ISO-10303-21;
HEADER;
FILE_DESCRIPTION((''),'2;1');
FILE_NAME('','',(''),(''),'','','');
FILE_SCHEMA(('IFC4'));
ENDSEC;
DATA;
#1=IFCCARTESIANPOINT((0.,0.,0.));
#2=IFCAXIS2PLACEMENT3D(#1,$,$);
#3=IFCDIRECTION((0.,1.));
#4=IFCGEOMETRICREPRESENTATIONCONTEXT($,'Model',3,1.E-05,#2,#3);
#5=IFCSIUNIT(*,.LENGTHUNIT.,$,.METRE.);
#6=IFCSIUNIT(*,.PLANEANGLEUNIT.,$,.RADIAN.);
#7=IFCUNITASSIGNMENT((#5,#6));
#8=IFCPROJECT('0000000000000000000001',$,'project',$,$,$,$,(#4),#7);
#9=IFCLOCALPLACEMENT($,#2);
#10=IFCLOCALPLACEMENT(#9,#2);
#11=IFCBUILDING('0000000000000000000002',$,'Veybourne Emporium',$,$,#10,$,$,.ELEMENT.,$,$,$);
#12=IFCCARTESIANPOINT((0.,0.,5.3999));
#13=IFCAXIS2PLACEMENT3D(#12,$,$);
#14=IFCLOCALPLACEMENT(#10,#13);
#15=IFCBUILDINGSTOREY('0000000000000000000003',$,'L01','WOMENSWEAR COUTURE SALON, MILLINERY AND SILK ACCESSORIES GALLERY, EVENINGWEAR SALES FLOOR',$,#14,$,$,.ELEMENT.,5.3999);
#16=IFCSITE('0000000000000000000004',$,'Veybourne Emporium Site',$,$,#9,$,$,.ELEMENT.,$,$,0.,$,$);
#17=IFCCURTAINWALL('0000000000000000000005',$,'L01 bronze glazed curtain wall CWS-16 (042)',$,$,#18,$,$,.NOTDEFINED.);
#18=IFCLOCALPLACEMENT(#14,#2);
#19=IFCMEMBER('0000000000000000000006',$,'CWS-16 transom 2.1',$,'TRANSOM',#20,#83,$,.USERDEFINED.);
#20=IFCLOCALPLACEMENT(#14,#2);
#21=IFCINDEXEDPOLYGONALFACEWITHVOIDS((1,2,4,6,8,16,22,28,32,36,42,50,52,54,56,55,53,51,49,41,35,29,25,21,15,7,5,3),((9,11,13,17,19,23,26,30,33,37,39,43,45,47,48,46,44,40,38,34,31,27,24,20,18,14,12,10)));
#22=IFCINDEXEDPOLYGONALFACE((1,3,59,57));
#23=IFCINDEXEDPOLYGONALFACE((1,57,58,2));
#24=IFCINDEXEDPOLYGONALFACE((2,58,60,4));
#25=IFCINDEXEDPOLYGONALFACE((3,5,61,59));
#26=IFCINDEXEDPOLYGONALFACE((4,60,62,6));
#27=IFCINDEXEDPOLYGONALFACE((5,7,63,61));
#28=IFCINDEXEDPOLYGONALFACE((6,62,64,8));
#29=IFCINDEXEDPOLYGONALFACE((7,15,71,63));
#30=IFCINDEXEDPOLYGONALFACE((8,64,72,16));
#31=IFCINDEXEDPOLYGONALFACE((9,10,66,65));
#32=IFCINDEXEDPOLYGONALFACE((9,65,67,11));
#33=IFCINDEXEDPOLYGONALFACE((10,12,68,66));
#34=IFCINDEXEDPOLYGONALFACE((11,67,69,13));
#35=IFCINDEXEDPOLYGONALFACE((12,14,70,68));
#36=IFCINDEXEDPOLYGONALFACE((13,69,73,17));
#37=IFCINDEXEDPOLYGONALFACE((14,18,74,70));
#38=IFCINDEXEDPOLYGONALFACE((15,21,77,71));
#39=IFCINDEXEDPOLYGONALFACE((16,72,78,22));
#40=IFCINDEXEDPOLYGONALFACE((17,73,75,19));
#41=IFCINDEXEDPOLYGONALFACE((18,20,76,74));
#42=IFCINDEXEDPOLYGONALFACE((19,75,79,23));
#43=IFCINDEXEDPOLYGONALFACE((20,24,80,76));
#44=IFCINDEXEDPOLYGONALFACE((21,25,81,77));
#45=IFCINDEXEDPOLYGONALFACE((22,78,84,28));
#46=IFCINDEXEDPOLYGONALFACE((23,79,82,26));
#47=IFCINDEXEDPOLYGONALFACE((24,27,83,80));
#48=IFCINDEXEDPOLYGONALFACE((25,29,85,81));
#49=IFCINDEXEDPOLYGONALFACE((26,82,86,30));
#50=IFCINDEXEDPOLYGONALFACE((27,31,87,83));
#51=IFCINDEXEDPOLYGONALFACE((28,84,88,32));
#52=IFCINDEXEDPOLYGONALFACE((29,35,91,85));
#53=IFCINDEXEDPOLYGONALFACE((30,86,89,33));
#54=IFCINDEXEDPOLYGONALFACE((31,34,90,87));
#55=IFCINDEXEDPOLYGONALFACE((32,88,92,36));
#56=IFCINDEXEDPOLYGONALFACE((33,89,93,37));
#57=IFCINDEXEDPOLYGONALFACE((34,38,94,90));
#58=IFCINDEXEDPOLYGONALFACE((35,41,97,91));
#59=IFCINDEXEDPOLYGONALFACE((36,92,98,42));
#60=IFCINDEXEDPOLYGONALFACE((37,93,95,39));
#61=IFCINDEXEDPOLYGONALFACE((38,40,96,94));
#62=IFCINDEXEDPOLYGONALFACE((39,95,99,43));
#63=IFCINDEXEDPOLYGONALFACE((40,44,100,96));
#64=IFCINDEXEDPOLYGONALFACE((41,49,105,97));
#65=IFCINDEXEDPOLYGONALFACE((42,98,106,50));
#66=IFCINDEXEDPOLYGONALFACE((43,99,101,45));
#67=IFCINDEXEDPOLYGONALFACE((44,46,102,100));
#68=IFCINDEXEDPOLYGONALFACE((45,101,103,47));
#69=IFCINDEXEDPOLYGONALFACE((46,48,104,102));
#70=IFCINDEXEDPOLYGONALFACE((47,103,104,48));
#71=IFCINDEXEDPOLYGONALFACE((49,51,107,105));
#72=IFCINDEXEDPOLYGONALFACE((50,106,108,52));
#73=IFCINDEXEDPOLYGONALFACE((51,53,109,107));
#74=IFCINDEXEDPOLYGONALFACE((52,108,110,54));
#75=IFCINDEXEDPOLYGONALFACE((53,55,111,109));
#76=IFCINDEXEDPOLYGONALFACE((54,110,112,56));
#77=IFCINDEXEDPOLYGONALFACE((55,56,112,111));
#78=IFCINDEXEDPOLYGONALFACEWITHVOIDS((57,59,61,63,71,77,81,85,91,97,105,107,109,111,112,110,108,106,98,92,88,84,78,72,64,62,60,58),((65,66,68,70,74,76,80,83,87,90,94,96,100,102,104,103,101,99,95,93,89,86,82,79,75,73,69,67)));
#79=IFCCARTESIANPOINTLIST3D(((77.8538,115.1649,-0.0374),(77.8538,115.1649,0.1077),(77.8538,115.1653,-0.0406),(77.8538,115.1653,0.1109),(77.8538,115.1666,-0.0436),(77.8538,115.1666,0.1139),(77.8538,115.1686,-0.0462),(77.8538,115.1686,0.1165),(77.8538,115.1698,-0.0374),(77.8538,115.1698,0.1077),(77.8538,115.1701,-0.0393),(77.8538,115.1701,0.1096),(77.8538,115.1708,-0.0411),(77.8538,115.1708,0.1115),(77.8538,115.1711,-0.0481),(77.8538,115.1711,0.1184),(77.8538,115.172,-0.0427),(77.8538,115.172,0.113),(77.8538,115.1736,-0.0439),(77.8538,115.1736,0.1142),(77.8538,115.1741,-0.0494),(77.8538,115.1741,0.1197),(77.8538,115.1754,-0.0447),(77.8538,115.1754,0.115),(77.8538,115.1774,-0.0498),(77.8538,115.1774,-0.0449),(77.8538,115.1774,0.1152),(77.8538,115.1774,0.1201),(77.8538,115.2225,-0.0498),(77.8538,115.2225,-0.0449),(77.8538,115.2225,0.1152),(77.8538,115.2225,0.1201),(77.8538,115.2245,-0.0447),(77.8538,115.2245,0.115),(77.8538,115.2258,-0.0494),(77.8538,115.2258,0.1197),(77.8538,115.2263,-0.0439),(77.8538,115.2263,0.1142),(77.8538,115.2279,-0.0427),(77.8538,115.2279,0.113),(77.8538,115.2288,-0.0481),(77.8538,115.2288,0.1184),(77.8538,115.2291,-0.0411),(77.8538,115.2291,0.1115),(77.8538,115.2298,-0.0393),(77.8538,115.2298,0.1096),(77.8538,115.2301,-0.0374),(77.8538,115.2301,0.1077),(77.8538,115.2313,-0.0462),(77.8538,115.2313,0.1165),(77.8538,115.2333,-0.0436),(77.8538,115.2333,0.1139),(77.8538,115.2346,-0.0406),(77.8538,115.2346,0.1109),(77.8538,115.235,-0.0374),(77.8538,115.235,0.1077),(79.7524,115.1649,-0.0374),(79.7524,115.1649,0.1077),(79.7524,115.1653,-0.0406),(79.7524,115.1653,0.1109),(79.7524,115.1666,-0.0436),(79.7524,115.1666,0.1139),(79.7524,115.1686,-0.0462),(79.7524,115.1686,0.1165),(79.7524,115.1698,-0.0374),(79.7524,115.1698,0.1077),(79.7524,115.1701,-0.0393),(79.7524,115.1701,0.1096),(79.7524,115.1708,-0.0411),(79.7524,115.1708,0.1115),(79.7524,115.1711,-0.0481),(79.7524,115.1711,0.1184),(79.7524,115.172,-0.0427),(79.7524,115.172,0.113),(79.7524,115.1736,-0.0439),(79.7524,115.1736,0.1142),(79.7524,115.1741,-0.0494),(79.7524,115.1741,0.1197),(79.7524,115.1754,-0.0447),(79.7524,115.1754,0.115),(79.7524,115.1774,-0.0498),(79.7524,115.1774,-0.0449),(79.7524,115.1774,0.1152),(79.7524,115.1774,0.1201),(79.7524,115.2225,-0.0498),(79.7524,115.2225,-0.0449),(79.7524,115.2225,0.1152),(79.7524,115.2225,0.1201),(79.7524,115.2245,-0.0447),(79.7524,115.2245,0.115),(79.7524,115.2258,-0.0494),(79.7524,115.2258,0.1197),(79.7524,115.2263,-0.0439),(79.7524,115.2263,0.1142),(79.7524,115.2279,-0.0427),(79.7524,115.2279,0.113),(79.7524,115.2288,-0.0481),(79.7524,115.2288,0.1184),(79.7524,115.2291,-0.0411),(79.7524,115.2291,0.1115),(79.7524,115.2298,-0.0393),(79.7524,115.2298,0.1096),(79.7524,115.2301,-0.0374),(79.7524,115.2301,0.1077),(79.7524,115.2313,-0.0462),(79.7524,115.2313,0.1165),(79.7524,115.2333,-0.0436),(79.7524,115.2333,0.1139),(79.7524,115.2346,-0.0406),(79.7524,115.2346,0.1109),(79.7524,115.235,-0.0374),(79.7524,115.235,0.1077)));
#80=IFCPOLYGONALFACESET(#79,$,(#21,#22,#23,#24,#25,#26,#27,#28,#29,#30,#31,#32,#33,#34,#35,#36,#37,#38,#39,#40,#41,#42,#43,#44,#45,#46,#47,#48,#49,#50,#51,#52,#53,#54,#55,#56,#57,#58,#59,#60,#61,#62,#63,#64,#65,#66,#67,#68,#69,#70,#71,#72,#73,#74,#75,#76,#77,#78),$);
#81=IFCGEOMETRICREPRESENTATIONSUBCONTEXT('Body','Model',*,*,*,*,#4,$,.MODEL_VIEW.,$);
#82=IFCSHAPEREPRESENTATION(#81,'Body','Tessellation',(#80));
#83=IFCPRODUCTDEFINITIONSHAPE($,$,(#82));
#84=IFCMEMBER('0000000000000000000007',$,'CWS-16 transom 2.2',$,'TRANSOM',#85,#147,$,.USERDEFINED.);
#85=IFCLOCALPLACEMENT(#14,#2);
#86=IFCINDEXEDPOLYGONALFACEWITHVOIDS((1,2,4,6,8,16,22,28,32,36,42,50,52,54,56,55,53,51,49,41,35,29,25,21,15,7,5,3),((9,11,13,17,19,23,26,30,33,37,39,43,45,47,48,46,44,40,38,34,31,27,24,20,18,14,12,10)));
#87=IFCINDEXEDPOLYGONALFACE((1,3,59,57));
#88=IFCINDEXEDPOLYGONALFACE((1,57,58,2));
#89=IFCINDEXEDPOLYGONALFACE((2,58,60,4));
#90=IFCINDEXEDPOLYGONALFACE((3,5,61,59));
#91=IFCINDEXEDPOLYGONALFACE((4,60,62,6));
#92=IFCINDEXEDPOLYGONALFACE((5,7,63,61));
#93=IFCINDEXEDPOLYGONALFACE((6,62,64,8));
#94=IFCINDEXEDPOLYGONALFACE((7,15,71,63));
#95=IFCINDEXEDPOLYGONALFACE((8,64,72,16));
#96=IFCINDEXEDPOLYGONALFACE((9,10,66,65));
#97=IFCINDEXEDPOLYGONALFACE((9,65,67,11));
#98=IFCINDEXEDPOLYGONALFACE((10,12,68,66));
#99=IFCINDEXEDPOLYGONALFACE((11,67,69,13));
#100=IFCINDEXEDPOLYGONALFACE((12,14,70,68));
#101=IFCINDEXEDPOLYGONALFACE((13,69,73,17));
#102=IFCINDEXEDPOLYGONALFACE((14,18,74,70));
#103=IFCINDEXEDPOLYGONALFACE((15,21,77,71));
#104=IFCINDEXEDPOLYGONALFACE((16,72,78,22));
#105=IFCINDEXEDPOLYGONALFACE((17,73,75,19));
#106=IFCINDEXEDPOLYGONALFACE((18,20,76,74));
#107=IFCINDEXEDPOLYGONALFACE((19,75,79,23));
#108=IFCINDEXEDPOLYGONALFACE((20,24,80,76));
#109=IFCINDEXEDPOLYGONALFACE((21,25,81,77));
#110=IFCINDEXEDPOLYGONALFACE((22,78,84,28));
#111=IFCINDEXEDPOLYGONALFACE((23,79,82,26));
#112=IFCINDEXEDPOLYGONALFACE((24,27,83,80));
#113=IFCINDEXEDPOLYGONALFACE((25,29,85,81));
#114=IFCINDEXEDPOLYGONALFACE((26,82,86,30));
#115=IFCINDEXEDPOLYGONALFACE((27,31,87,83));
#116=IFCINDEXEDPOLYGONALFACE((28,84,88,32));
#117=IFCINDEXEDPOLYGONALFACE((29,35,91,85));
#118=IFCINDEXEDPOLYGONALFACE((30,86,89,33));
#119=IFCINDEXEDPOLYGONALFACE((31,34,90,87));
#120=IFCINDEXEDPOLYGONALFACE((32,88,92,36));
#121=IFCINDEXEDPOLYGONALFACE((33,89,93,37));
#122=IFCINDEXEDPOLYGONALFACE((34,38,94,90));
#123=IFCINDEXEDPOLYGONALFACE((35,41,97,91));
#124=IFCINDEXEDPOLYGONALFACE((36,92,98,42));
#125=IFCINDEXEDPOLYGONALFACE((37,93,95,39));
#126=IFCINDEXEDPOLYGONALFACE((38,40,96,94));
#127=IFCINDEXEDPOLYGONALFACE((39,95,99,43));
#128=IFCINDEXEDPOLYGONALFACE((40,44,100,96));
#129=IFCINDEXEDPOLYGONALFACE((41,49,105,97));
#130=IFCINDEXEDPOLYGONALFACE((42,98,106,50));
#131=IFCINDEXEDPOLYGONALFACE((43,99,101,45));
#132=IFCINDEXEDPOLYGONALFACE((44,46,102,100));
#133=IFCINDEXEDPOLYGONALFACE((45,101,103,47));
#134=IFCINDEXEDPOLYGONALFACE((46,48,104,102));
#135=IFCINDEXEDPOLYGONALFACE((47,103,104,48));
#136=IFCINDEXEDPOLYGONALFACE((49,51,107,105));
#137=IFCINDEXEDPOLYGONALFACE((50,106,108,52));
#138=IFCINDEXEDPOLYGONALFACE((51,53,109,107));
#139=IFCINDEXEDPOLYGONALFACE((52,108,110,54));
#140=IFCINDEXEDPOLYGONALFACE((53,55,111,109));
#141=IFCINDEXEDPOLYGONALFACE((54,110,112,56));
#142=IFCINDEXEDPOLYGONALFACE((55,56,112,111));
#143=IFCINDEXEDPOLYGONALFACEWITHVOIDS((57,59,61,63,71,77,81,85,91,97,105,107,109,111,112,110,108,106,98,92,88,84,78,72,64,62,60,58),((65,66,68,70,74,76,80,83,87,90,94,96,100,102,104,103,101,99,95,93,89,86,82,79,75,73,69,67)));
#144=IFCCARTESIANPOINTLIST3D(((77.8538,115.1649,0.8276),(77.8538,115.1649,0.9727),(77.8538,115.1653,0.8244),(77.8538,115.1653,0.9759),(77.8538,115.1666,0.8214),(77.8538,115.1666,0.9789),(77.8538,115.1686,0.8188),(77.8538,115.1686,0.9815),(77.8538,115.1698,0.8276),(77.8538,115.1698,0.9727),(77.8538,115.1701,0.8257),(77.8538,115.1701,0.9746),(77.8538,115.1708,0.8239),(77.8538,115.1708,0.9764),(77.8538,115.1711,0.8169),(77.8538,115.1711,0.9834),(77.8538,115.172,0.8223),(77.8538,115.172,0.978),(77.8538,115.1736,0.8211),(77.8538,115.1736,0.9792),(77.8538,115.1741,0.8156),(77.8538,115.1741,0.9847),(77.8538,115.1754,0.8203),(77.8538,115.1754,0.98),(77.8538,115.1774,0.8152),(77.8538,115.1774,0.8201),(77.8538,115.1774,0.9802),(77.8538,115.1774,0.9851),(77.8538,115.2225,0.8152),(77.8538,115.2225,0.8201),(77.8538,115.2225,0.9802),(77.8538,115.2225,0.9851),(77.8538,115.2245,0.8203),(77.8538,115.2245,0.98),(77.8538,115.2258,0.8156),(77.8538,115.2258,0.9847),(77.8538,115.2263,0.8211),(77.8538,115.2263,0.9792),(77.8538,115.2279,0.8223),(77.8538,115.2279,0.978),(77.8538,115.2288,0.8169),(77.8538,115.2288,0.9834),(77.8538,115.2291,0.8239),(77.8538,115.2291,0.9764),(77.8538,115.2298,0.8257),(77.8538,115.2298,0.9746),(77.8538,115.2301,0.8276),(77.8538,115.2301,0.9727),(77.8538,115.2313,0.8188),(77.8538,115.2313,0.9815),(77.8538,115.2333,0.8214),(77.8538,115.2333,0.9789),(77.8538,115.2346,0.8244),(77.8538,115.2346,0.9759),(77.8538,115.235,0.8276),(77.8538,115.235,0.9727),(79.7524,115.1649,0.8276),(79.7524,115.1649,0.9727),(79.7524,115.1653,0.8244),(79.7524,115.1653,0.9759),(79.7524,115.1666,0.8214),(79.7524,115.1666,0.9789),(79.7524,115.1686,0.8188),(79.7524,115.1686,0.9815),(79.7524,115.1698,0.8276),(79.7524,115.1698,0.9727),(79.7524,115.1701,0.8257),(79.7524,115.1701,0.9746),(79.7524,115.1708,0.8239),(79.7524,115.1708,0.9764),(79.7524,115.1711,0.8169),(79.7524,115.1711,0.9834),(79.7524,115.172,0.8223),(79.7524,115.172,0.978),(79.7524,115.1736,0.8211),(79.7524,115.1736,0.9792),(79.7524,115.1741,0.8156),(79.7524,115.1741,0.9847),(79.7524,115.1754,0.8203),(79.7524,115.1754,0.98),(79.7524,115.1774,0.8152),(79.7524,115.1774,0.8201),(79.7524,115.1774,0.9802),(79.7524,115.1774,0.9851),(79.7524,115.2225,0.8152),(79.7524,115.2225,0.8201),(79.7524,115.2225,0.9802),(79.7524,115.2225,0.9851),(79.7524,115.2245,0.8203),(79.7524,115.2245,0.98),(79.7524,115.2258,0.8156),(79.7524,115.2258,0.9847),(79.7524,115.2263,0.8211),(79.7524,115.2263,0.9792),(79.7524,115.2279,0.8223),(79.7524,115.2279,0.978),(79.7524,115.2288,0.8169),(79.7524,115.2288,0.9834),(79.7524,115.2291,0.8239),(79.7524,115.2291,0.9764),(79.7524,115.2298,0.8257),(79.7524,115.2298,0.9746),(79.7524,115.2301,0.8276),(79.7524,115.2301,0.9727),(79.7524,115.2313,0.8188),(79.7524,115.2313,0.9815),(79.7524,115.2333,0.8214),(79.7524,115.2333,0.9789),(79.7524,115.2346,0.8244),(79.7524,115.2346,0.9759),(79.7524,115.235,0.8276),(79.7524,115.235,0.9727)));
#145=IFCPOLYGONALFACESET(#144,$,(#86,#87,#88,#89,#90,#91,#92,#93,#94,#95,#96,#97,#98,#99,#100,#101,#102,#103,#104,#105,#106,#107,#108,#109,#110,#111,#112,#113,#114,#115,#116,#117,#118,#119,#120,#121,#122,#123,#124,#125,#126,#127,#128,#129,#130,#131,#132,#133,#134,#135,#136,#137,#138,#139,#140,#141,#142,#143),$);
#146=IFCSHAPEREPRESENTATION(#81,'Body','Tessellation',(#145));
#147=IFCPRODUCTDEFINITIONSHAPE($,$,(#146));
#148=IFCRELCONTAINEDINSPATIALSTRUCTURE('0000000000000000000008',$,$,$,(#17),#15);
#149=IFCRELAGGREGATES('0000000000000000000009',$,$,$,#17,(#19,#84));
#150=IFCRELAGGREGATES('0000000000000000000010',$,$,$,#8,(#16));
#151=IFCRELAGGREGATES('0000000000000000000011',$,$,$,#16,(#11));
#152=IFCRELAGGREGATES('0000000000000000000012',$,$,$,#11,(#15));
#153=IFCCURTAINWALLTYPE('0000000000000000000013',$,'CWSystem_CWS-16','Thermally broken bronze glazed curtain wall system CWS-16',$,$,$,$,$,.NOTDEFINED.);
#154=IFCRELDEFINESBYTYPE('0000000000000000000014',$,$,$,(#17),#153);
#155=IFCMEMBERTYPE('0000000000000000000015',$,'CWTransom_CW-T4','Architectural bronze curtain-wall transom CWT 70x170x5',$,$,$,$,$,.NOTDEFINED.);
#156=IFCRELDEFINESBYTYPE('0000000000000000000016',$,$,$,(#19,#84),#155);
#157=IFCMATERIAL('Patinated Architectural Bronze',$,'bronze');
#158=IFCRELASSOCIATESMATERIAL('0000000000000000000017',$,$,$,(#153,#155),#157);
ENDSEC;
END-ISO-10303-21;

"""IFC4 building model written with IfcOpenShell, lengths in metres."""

from ifc_helpers import new_model, si_unit, direction, frame, origin, origin_2d, place, context, subcontext, project, spatial, hollow_rectangle, extrude, material, material_profile, profile_set, type_object, element, aggregate, save


model = new_model("IFC4")

# Units and contexts
model_context = context("Model", 3, precision=1e-05, world=origin(), true_north=direction((0.0, 1.0)))
body_context = subcontext(model_context, "Body", "Model", "MODEL_VIEW")
ifc_project = project(units=[si_unit("LENGTHUNIT", "METRE"), si_unit("PLANEANGLEUNIT", "RADIAN")], contexts=[model_context])

# Site, building, storey
site_placement = place(None, origin())
site = spatial("IfcSite", under=ifc_project, at=site_placement, Name="Veybourne Emporium Site", CompositionType="ELEMENT", RefElevation=0.0)
building_placement = place(site_placement, origin())
building = spatial("IfcBuilding", under=site, at=building_placement, Name="Veybourne Emporium", CompositionType="ELEMENT")
storey_placement = place(building_placement, frame((0.0, 0.0, 5.3999)))
storey = spatial("IfcBuildingStorey", under=building, at=storey_placement, Name="L01", Description="WOMENSWEAR COUTURE SALON, MILLINERY AND SILK ACCESSORIES GALLERY, EVENINGWEAR SALES FLOOR", CompositionType="ELEMENT", Elevation=5.3999)

# Curtain wall, members
ifc_material_1 = material(Name="Patinated Architectural Bronze", Category="bronze")
curtain_wall_type = type_object("IfcCurtainWallType", Name="CWSystem_CWS-16", Description="Thermally broken bronze glazed curtain wall system CWS-16", PredefinedType="NOTDEFINED", material=ifc_material_1)
curtain_wall_placement = place(storey_placement, origin())
curtain_wall = element("IfcCurtainWall", 1, at=curtain_wall_placement, inside=storey, type_object=curtain_wall_type, Name="L01 bronze glazed curtain wall CWS-16 (042)", PredefinedType="NOTDEFINED")
ifc_material_profile_1 = material_profile(ifc_material_1, hollow_rectangle(XDim=0.0701, YDim=0.1699, WallThickness=0.0049, InnerFilletRadius=0.0076, OuterFilletRadius=0.0125, at=origin_2d()), Name="CWT 70x170x5")
ifc_profile_set_1 = profile_set([ifc_material_profile_1], Name="Patinated Architectural Bronze")
member_type_1 = type_object("IfcMemberType", Name="CWTransom_CW-T4", Description="Architectural bronze curtain-wall transom CWT 70x170x5", PredefinedType="NOTDEFINED", material=ifc_profile_set_1)
member_1_placement = place(storey_placement, frame((77.8538, 115.2, 0.0352), z_axis=(1.0, 0.0, 0.0), x_axis=(0.0, 1.0, 0.0)))
member_1 = element("IfcMember", 2, at=member_1_placement, type_object=member_type_1, Name="CWS-16 transom 2.1", ObjectType="TRANSOM", PredefinedType="USERDEFINED", context=body_context, shape_type="SweptSolid", body=[
    extrude(hollow_rectangle(XDim=0.0701, YDim=0.1699, WallThickness=0.0049, InnerFilletRadius=0.0076, OuterFilletRadius=0.0125, at=origin_2d()), origin(), (0.0, 0.0, 1.0), 1.8987),
])
member_2_placement = place(storey_placement, frame((77.8538, 115.2, 0.9001), z_axis=(1.0, 0.0, 0.0), x_axis=(0.0, 1.0, 0.0)))
member_2 = element("IfcMember", 3, at=member_2_placement, type_object=member_type_1, Name="CWS-16 transom 2.2", ObjectType="TRANSOM", PredefinedType="USERDEFINED", context=body_context, shape_type="SweptSolid", body=[
    extrude(hollow_rectangle(XDim=0.0701, YDim=0.1699, WallThickness=0.0049, InnerFilletRadius=0.0076, OuterFilletRadius=0.0125, at=origin_2d()), origin(), (0.0, 0.0, 1.0), 1.8987),
])
aggregate(curtain_wall, [member_1, member_2])

save(model, "model.ifc")
